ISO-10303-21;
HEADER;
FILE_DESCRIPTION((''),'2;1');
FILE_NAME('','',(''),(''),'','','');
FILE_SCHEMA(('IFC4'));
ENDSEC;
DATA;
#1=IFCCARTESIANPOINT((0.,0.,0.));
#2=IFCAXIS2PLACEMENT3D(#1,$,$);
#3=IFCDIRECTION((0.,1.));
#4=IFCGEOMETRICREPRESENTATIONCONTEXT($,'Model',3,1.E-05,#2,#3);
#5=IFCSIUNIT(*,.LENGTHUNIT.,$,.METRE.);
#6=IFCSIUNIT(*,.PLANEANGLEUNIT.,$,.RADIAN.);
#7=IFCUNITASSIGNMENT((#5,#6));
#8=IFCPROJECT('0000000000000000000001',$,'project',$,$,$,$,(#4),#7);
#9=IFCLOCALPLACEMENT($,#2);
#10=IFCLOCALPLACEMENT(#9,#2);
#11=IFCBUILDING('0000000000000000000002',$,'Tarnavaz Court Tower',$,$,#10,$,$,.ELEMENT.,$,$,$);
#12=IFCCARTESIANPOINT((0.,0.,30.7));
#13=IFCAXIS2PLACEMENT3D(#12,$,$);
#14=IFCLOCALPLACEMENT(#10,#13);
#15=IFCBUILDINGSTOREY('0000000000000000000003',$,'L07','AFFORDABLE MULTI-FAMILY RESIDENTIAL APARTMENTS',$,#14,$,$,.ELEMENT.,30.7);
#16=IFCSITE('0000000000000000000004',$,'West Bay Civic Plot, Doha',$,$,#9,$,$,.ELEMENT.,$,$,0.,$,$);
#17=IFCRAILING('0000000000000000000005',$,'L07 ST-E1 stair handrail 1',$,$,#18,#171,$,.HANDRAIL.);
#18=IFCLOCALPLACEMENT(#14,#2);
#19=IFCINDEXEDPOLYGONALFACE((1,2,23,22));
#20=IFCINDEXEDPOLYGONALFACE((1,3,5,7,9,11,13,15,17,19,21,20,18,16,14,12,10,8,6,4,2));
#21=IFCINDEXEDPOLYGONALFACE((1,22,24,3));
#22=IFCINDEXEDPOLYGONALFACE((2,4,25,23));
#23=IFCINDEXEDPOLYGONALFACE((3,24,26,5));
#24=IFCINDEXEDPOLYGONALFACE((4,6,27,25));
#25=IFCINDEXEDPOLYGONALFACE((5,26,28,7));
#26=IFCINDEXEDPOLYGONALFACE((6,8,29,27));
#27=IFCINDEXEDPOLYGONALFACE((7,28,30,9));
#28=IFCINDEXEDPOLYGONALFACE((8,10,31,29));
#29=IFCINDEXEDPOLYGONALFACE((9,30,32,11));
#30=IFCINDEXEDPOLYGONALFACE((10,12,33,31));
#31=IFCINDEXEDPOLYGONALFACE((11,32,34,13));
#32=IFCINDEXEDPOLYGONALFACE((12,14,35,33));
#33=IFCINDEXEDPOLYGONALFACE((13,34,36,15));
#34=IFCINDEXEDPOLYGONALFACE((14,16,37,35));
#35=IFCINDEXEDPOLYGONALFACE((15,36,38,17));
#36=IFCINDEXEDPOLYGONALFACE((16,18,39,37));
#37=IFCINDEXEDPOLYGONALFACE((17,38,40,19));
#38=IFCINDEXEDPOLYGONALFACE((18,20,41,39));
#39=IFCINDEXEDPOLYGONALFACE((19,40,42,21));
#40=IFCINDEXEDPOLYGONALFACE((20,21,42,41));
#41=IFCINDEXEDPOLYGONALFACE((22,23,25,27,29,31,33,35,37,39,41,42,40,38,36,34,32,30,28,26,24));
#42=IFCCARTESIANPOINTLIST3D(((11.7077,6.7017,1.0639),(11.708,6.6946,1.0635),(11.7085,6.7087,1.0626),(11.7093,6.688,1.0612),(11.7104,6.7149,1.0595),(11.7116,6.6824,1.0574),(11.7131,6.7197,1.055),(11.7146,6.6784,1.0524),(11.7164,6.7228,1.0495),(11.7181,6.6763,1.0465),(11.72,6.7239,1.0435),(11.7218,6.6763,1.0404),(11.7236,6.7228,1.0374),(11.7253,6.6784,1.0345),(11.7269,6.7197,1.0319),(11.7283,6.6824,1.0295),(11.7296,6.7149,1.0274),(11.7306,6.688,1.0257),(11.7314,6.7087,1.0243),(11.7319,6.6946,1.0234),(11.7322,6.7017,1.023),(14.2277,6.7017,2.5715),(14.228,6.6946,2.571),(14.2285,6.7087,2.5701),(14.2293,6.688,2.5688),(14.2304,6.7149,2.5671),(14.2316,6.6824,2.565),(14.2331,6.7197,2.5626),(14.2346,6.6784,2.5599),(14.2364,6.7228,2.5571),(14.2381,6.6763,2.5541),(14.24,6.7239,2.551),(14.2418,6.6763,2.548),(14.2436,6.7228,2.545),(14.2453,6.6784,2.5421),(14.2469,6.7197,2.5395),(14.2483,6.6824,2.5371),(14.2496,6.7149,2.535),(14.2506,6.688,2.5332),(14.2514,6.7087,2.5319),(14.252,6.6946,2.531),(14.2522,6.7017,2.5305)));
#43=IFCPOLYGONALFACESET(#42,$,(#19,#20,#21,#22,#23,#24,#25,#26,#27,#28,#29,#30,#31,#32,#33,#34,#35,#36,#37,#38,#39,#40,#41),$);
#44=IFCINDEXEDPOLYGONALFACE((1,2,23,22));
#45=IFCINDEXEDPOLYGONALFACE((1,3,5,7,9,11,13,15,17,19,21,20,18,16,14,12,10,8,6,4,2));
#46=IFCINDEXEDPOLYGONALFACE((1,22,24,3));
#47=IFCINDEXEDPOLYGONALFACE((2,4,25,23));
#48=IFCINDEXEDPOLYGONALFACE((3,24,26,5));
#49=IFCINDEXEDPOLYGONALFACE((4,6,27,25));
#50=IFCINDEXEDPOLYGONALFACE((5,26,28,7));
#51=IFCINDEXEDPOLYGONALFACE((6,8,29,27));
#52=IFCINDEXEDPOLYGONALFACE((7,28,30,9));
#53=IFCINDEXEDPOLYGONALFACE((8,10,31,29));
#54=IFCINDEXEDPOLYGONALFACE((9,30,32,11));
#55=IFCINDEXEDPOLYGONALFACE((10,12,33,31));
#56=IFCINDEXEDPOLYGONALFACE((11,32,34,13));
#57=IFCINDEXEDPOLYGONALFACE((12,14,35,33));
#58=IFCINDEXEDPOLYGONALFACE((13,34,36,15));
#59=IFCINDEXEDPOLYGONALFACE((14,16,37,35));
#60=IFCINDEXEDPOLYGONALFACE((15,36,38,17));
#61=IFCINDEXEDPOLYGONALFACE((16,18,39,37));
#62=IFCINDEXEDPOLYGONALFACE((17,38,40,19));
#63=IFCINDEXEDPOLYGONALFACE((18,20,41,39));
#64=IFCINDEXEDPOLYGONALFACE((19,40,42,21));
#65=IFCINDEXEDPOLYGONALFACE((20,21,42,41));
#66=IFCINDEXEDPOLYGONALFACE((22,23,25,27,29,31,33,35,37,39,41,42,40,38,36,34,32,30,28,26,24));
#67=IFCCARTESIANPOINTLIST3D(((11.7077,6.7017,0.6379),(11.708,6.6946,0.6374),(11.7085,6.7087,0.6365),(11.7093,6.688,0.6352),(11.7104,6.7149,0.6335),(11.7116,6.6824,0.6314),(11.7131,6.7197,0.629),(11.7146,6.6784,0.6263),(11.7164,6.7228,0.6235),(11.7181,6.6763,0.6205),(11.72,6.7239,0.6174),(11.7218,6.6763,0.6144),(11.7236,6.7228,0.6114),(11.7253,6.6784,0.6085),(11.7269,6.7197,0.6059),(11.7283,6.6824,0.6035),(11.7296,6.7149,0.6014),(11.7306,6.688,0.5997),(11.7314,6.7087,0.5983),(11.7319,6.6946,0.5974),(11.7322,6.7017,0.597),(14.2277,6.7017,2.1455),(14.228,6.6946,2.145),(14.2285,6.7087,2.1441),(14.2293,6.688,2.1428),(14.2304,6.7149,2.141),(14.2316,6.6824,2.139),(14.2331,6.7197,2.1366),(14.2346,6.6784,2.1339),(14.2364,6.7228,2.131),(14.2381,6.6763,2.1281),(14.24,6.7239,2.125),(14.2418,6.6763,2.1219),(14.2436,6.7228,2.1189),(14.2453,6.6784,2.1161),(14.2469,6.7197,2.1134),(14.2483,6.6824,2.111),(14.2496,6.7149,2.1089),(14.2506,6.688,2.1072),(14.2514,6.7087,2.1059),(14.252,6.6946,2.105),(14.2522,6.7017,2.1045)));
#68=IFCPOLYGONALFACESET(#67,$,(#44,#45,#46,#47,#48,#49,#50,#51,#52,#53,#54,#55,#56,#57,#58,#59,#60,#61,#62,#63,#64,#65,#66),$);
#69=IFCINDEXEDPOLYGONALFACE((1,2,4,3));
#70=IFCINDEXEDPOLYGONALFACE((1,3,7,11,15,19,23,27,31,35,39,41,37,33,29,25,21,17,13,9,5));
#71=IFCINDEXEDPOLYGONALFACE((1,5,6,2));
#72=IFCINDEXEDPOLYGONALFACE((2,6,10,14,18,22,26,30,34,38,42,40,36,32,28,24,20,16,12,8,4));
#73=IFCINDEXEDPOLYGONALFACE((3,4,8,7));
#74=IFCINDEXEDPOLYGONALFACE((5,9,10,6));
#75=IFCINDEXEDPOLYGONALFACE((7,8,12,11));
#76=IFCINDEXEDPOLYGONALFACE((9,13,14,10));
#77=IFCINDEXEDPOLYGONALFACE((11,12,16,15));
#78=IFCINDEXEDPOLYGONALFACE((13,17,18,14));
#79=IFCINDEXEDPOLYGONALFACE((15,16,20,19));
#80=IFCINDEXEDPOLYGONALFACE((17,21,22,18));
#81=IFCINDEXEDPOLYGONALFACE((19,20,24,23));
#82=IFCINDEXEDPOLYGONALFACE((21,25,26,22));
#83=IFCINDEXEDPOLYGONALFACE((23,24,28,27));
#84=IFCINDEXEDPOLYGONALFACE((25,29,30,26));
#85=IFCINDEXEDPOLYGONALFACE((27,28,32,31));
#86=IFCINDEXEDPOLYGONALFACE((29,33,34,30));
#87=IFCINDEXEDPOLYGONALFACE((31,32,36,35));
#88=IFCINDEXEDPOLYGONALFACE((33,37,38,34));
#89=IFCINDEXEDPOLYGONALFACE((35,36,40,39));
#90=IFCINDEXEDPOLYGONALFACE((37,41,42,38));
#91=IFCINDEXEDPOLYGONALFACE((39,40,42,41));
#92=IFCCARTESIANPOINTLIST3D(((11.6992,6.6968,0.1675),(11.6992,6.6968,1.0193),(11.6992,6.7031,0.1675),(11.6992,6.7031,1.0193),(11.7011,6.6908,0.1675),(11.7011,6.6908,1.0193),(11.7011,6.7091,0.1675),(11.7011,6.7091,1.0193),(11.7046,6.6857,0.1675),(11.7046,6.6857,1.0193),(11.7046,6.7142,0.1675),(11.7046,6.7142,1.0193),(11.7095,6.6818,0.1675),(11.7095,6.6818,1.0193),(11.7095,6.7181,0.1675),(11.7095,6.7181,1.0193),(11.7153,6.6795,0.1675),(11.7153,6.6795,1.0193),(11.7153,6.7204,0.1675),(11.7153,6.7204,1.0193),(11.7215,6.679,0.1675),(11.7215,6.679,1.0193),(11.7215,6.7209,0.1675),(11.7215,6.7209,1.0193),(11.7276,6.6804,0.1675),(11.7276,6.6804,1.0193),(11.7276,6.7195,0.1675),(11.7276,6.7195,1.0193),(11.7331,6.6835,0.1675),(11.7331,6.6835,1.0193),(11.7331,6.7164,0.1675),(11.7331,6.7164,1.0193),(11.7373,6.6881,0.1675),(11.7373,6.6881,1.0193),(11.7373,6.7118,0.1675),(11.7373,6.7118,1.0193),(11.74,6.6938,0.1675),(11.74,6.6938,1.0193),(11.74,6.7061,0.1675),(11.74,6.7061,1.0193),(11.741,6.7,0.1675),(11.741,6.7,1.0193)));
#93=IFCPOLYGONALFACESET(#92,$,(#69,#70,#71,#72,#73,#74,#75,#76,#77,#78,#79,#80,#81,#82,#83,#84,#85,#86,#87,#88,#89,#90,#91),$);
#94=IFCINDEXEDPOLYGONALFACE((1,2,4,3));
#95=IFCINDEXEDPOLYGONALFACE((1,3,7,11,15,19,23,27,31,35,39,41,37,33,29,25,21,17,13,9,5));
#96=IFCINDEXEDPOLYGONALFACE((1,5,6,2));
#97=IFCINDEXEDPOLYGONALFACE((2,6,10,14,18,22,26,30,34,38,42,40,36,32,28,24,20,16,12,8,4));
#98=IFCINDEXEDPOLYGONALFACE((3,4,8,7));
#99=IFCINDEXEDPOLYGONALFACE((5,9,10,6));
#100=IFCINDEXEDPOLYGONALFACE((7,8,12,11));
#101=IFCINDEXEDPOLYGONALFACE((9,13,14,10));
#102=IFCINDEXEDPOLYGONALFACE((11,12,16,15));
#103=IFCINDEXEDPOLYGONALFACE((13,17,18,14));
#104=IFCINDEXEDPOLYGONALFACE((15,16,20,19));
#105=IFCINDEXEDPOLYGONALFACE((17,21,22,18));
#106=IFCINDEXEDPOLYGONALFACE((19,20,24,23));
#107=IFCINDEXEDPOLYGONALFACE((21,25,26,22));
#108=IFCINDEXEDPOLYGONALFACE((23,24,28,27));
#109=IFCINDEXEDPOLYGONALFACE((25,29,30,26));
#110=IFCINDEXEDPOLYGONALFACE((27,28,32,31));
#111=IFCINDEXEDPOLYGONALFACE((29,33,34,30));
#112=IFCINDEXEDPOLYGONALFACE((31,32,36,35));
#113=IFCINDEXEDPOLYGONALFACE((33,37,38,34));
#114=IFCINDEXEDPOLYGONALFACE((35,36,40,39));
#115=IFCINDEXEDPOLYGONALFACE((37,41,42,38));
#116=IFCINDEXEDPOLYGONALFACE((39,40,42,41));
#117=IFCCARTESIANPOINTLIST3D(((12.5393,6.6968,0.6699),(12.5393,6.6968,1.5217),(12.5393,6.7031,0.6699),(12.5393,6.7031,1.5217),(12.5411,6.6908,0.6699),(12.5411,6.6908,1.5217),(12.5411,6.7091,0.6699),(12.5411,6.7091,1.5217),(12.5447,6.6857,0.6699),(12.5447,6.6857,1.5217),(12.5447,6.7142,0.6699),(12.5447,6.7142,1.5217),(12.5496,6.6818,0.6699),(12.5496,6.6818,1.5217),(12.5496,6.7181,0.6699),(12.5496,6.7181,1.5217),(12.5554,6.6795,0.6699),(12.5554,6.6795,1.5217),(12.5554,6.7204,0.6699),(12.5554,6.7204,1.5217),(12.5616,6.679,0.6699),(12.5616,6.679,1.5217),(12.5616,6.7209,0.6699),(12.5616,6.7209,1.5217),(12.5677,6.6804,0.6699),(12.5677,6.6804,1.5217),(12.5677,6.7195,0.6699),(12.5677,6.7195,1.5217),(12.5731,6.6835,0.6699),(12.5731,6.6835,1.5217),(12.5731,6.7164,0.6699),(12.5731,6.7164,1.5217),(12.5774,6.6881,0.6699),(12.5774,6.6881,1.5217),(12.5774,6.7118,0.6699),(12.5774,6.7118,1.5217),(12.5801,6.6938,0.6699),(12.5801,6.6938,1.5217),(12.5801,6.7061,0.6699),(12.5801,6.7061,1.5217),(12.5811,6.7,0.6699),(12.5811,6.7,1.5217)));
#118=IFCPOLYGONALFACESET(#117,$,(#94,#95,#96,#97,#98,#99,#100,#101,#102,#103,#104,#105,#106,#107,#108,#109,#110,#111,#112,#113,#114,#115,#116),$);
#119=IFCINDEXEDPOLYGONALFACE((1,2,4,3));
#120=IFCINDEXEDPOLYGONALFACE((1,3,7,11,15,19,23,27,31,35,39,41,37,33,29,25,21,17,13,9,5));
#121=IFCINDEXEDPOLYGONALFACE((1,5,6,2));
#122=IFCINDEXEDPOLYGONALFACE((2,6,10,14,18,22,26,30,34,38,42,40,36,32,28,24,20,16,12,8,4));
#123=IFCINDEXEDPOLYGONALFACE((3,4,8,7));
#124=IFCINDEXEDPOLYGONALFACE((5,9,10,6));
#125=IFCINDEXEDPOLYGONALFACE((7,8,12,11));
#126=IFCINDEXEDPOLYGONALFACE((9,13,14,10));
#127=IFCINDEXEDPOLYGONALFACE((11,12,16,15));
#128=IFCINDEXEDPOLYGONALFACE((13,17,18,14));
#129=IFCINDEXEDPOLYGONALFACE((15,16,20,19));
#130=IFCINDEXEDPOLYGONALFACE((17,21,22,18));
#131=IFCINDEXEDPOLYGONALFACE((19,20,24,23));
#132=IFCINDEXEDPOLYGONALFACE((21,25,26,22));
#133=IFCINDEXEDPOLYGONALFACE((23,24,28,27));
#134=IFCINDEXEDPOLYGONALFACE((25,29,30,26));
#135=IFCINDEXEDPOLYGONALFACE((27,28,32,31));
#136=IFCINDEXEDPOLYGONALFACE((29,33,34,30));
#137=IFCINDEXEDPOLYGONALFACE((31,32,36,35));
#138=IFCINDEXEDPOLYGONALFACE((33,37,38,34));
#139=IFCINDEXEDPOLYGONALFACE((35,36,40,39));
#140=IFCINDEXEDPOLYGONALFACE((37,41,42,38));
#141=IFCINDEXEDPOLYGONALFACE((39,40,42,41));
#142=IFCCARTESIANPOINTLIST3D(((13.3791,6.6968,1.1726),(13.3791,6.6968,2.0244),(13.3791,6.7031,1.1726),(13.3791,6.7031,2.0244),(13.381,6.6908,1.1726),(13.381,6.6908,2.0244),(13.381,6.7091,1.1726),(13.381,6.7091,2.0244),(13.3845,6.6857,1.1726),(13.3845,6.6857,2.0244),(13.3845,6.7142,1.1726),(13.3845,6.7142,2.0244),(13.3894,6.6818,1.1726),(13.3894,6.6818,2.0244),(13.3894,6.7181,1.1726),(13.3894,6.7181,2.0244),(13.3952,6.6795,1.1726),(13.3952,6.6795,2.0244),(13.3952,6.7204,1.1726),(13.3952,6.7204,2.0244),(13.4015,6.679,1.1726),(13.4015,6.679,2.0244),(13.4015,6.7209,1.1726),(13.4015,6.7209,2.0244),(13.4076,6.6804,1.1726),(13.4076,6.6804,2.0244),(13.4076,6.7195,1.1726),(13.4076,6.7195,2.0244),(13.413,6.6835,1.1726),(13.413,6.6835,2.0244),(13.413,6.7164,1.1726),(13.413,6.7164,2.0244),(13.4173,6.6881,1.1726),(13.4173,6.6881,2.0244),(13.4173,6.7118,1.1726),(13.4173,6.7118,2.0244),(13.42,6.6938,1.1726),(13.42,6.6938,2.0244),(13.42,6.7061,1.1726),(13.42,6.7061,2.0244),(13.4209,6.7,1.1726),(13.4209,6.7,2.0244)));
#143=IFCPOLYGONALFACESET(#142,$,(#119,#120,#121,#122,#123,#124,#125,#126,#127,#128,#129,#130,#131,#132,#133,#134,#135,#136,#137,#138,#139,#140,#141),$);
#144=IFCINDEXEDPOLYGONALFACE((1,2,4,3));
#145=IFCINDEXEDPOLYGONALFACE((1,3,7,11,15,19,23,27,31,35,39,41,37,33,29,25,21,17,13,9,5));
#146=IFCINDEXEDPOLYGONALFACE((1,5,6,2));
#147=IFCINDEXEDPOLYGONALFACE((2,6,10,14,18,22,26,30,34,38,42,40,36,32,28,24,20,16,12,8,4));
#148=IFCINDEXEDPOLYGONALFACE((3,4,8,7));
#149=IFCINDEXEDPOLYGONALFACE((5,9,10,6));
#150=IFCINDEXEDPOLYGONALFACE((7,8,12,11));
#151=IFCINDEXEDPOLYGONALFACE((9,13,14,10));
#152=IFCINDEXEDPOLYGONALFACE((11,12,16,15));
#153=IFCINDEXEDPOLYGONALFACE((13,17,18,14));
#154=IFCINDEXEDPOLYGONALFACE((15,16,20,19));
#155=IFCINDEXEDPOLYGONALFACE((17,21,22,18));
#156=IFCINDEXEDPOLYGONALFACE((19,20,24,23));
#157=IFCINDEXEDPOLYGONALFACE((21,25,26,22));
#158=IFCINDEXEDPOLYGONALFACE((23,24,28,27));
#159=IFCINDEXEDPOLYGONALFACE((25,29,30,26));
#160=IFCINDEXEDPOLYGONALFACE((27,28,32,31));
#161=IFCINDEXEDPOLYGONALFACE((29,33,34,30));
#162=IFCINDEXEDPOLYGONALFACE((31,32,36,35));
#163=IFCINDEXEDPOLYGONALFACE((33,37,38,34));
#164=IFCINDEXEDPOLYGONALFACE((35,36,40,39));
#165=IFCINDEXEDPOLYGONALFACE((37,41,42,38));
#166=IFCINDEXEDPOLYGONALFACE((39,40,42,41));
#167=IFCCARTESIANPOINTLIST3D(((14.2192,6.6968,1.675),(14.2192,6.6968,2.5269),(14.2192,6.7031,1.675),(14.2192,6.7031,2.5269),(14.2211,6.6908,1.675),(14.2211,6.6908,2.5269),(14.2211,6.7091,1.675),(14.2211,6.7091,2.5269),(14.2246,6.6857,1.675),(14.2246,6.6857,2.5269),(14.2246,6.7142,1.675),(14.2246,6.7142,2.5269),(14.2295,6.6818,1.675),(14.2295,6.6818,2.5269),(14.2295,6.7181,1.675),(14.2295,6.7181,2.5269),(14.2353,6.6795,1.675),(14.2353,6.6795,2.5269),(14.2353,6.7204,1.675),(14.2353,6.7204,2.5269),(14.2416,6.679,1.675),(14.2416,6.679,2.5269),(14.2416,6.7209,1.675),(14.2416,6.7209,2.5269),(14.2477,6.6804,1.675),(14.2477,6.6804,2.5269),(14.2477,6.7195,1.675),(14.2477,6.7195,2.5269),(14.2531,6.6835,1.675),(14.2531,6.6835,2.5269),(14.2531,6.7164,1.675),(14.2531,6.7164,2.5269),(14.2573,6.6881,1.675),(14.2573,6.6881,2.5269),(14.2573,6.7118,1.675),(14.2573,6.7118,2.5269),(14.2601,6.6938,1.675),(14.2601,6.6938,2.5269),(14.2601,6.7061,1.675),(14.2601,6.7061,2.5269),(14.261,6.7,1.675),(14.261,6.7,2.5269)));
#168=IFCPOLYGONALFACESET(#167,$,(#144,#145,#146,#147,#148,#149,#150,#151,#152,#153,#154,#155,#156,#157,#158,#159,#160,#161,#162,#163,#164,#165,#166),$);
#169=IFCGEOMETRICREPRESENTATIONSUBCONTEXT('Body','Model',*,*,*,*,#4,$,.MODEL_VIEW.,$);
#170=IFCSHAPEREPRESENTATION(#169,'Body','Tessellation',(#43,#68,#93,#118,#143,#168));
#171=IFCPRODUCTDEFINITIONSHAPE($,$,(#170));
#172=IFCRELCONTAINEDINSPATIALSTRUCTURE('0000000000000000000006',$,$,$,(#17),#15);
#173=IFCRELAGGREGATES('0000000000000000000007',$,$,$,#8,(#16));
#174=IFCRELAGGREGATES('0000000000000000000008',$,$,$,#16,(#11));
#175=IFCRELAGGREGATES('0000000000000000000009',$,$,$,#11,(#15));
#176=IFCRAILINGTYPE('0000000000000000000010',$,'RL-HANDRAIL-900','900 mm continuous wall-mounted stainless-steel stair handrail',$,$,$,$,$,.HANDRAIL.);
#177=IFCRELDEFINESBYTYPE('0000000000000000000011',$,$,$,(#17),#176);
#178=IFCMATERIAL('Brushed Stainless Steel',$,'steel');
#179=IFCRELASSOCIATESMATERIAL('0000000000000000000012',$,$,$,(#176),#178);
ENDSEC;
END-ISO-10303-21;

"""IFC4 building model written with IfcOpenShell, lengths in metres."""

from ifc_helpers import new_model, si_unit, direction, frame, origin, origin_2d, place, context, subcontext, project, spatial, circle, extrude, material, type_object, element, save


model = new_model("IFC4")

# Units and contexts
model_context = context("Model", 3, precision=1e-05, world=origin(), true_north=direction((0.0, 1.0)))
body_context = subcontext(model_context, "Body", "Model", "MODEL_VIEW")
ifc_project = project(units=[si_unit("LENGTHUNIT", "METRE"), si_unit("PLANEANGLEUNIT", "RADIAN")], contexts=[model_context])

# Site, building, storey
site_placement = place(None, origin())
site = spatial("IfcSite", under=ifc_project, at=site_placement, Name="West Bay Civic Plot, Doha", CompositionType="ELEMENT", RefElevation=0.0)
building_placement = place(site_placement, origin())
building = spatial("IfcBuilding", under=site, at=building_placement, Name="Tarnavaz Court Tower", CompositionType="ELEMENT")
storey_placement = place(building_placement, frame((0.0, 0.0, 30.7)))
storey = spatial("IfcBuildingStorey", under=building, at=storey_placement, Name="L07", Description="AFFORDABLE MULTI-FAMILY RESIDENTIAL APARTMENTS", CompositionType="ELEMENT", Elevation=30.7)

# Railing
ifc_material_1 = material(Name="Brushed Stainless Steel", Category="steel")
railing_type_1 = type_object("IfcRailingType", Name="RL-HANDRAIL-900", Description="900 mm continuous wall-mounted stainless-steel stair handrail", PredefinedType="HANDRAIL", material=ifc_material_1)
railing_1_placement = place(storey_placement, frame((11.72, 6.7, 0.1675)))
element("IfcRailing", 1, at=railing_1_placement, inside=storey, type_object=railing_type_1, Name="L07 ST-E1 stair handrail 1", PredefinedType="HANDRAIL", context=body_context, shape_type="SweptSolid", body=[
    extrude(circle(Radius=0.0239, at=origin_2d()), frame((0.0, 0.0, 0.876), z_axis=(0.85816, 0.0, 0.513383), x_axis=(0.0, 1.0, 0.0)), (0.0, 0.0, 1.0), 2.9365),
    extrude(circle(Radius=0.0239, at=origin_2d()), frame((0.0, 0.0, 0.45), z_axis=(0.85816, 0.0, 0.513383), x_axis=(0.0, 1.0, 0.0)), (0.0, 0.0, 1.0), 2.9365),
    extrude(circle(Radius=0.021, at=origin_2d()), origin(), (0.0, 0.0, 1.0), 0.8518),
    extrude(circle(Radius=0.021, at=origin_2d()), frame((0.8401, 0.0, 0.5024)), (0.0, 0.0, 1.0), 0.8518),
    extrude(circle(Radius=0.021, at=origin_2d()), frame((1.6799, 0.0, 1.0051)), (0.0, 0.0, 1.0), 0.8518),
    extrude(circle(Radius=0.021, at=origin_2d()), frame((2.52, 0.0, 1.5076)), (0.0, 0.0, 1.0), 0.8518),
])

save(model, "model.ifc")
